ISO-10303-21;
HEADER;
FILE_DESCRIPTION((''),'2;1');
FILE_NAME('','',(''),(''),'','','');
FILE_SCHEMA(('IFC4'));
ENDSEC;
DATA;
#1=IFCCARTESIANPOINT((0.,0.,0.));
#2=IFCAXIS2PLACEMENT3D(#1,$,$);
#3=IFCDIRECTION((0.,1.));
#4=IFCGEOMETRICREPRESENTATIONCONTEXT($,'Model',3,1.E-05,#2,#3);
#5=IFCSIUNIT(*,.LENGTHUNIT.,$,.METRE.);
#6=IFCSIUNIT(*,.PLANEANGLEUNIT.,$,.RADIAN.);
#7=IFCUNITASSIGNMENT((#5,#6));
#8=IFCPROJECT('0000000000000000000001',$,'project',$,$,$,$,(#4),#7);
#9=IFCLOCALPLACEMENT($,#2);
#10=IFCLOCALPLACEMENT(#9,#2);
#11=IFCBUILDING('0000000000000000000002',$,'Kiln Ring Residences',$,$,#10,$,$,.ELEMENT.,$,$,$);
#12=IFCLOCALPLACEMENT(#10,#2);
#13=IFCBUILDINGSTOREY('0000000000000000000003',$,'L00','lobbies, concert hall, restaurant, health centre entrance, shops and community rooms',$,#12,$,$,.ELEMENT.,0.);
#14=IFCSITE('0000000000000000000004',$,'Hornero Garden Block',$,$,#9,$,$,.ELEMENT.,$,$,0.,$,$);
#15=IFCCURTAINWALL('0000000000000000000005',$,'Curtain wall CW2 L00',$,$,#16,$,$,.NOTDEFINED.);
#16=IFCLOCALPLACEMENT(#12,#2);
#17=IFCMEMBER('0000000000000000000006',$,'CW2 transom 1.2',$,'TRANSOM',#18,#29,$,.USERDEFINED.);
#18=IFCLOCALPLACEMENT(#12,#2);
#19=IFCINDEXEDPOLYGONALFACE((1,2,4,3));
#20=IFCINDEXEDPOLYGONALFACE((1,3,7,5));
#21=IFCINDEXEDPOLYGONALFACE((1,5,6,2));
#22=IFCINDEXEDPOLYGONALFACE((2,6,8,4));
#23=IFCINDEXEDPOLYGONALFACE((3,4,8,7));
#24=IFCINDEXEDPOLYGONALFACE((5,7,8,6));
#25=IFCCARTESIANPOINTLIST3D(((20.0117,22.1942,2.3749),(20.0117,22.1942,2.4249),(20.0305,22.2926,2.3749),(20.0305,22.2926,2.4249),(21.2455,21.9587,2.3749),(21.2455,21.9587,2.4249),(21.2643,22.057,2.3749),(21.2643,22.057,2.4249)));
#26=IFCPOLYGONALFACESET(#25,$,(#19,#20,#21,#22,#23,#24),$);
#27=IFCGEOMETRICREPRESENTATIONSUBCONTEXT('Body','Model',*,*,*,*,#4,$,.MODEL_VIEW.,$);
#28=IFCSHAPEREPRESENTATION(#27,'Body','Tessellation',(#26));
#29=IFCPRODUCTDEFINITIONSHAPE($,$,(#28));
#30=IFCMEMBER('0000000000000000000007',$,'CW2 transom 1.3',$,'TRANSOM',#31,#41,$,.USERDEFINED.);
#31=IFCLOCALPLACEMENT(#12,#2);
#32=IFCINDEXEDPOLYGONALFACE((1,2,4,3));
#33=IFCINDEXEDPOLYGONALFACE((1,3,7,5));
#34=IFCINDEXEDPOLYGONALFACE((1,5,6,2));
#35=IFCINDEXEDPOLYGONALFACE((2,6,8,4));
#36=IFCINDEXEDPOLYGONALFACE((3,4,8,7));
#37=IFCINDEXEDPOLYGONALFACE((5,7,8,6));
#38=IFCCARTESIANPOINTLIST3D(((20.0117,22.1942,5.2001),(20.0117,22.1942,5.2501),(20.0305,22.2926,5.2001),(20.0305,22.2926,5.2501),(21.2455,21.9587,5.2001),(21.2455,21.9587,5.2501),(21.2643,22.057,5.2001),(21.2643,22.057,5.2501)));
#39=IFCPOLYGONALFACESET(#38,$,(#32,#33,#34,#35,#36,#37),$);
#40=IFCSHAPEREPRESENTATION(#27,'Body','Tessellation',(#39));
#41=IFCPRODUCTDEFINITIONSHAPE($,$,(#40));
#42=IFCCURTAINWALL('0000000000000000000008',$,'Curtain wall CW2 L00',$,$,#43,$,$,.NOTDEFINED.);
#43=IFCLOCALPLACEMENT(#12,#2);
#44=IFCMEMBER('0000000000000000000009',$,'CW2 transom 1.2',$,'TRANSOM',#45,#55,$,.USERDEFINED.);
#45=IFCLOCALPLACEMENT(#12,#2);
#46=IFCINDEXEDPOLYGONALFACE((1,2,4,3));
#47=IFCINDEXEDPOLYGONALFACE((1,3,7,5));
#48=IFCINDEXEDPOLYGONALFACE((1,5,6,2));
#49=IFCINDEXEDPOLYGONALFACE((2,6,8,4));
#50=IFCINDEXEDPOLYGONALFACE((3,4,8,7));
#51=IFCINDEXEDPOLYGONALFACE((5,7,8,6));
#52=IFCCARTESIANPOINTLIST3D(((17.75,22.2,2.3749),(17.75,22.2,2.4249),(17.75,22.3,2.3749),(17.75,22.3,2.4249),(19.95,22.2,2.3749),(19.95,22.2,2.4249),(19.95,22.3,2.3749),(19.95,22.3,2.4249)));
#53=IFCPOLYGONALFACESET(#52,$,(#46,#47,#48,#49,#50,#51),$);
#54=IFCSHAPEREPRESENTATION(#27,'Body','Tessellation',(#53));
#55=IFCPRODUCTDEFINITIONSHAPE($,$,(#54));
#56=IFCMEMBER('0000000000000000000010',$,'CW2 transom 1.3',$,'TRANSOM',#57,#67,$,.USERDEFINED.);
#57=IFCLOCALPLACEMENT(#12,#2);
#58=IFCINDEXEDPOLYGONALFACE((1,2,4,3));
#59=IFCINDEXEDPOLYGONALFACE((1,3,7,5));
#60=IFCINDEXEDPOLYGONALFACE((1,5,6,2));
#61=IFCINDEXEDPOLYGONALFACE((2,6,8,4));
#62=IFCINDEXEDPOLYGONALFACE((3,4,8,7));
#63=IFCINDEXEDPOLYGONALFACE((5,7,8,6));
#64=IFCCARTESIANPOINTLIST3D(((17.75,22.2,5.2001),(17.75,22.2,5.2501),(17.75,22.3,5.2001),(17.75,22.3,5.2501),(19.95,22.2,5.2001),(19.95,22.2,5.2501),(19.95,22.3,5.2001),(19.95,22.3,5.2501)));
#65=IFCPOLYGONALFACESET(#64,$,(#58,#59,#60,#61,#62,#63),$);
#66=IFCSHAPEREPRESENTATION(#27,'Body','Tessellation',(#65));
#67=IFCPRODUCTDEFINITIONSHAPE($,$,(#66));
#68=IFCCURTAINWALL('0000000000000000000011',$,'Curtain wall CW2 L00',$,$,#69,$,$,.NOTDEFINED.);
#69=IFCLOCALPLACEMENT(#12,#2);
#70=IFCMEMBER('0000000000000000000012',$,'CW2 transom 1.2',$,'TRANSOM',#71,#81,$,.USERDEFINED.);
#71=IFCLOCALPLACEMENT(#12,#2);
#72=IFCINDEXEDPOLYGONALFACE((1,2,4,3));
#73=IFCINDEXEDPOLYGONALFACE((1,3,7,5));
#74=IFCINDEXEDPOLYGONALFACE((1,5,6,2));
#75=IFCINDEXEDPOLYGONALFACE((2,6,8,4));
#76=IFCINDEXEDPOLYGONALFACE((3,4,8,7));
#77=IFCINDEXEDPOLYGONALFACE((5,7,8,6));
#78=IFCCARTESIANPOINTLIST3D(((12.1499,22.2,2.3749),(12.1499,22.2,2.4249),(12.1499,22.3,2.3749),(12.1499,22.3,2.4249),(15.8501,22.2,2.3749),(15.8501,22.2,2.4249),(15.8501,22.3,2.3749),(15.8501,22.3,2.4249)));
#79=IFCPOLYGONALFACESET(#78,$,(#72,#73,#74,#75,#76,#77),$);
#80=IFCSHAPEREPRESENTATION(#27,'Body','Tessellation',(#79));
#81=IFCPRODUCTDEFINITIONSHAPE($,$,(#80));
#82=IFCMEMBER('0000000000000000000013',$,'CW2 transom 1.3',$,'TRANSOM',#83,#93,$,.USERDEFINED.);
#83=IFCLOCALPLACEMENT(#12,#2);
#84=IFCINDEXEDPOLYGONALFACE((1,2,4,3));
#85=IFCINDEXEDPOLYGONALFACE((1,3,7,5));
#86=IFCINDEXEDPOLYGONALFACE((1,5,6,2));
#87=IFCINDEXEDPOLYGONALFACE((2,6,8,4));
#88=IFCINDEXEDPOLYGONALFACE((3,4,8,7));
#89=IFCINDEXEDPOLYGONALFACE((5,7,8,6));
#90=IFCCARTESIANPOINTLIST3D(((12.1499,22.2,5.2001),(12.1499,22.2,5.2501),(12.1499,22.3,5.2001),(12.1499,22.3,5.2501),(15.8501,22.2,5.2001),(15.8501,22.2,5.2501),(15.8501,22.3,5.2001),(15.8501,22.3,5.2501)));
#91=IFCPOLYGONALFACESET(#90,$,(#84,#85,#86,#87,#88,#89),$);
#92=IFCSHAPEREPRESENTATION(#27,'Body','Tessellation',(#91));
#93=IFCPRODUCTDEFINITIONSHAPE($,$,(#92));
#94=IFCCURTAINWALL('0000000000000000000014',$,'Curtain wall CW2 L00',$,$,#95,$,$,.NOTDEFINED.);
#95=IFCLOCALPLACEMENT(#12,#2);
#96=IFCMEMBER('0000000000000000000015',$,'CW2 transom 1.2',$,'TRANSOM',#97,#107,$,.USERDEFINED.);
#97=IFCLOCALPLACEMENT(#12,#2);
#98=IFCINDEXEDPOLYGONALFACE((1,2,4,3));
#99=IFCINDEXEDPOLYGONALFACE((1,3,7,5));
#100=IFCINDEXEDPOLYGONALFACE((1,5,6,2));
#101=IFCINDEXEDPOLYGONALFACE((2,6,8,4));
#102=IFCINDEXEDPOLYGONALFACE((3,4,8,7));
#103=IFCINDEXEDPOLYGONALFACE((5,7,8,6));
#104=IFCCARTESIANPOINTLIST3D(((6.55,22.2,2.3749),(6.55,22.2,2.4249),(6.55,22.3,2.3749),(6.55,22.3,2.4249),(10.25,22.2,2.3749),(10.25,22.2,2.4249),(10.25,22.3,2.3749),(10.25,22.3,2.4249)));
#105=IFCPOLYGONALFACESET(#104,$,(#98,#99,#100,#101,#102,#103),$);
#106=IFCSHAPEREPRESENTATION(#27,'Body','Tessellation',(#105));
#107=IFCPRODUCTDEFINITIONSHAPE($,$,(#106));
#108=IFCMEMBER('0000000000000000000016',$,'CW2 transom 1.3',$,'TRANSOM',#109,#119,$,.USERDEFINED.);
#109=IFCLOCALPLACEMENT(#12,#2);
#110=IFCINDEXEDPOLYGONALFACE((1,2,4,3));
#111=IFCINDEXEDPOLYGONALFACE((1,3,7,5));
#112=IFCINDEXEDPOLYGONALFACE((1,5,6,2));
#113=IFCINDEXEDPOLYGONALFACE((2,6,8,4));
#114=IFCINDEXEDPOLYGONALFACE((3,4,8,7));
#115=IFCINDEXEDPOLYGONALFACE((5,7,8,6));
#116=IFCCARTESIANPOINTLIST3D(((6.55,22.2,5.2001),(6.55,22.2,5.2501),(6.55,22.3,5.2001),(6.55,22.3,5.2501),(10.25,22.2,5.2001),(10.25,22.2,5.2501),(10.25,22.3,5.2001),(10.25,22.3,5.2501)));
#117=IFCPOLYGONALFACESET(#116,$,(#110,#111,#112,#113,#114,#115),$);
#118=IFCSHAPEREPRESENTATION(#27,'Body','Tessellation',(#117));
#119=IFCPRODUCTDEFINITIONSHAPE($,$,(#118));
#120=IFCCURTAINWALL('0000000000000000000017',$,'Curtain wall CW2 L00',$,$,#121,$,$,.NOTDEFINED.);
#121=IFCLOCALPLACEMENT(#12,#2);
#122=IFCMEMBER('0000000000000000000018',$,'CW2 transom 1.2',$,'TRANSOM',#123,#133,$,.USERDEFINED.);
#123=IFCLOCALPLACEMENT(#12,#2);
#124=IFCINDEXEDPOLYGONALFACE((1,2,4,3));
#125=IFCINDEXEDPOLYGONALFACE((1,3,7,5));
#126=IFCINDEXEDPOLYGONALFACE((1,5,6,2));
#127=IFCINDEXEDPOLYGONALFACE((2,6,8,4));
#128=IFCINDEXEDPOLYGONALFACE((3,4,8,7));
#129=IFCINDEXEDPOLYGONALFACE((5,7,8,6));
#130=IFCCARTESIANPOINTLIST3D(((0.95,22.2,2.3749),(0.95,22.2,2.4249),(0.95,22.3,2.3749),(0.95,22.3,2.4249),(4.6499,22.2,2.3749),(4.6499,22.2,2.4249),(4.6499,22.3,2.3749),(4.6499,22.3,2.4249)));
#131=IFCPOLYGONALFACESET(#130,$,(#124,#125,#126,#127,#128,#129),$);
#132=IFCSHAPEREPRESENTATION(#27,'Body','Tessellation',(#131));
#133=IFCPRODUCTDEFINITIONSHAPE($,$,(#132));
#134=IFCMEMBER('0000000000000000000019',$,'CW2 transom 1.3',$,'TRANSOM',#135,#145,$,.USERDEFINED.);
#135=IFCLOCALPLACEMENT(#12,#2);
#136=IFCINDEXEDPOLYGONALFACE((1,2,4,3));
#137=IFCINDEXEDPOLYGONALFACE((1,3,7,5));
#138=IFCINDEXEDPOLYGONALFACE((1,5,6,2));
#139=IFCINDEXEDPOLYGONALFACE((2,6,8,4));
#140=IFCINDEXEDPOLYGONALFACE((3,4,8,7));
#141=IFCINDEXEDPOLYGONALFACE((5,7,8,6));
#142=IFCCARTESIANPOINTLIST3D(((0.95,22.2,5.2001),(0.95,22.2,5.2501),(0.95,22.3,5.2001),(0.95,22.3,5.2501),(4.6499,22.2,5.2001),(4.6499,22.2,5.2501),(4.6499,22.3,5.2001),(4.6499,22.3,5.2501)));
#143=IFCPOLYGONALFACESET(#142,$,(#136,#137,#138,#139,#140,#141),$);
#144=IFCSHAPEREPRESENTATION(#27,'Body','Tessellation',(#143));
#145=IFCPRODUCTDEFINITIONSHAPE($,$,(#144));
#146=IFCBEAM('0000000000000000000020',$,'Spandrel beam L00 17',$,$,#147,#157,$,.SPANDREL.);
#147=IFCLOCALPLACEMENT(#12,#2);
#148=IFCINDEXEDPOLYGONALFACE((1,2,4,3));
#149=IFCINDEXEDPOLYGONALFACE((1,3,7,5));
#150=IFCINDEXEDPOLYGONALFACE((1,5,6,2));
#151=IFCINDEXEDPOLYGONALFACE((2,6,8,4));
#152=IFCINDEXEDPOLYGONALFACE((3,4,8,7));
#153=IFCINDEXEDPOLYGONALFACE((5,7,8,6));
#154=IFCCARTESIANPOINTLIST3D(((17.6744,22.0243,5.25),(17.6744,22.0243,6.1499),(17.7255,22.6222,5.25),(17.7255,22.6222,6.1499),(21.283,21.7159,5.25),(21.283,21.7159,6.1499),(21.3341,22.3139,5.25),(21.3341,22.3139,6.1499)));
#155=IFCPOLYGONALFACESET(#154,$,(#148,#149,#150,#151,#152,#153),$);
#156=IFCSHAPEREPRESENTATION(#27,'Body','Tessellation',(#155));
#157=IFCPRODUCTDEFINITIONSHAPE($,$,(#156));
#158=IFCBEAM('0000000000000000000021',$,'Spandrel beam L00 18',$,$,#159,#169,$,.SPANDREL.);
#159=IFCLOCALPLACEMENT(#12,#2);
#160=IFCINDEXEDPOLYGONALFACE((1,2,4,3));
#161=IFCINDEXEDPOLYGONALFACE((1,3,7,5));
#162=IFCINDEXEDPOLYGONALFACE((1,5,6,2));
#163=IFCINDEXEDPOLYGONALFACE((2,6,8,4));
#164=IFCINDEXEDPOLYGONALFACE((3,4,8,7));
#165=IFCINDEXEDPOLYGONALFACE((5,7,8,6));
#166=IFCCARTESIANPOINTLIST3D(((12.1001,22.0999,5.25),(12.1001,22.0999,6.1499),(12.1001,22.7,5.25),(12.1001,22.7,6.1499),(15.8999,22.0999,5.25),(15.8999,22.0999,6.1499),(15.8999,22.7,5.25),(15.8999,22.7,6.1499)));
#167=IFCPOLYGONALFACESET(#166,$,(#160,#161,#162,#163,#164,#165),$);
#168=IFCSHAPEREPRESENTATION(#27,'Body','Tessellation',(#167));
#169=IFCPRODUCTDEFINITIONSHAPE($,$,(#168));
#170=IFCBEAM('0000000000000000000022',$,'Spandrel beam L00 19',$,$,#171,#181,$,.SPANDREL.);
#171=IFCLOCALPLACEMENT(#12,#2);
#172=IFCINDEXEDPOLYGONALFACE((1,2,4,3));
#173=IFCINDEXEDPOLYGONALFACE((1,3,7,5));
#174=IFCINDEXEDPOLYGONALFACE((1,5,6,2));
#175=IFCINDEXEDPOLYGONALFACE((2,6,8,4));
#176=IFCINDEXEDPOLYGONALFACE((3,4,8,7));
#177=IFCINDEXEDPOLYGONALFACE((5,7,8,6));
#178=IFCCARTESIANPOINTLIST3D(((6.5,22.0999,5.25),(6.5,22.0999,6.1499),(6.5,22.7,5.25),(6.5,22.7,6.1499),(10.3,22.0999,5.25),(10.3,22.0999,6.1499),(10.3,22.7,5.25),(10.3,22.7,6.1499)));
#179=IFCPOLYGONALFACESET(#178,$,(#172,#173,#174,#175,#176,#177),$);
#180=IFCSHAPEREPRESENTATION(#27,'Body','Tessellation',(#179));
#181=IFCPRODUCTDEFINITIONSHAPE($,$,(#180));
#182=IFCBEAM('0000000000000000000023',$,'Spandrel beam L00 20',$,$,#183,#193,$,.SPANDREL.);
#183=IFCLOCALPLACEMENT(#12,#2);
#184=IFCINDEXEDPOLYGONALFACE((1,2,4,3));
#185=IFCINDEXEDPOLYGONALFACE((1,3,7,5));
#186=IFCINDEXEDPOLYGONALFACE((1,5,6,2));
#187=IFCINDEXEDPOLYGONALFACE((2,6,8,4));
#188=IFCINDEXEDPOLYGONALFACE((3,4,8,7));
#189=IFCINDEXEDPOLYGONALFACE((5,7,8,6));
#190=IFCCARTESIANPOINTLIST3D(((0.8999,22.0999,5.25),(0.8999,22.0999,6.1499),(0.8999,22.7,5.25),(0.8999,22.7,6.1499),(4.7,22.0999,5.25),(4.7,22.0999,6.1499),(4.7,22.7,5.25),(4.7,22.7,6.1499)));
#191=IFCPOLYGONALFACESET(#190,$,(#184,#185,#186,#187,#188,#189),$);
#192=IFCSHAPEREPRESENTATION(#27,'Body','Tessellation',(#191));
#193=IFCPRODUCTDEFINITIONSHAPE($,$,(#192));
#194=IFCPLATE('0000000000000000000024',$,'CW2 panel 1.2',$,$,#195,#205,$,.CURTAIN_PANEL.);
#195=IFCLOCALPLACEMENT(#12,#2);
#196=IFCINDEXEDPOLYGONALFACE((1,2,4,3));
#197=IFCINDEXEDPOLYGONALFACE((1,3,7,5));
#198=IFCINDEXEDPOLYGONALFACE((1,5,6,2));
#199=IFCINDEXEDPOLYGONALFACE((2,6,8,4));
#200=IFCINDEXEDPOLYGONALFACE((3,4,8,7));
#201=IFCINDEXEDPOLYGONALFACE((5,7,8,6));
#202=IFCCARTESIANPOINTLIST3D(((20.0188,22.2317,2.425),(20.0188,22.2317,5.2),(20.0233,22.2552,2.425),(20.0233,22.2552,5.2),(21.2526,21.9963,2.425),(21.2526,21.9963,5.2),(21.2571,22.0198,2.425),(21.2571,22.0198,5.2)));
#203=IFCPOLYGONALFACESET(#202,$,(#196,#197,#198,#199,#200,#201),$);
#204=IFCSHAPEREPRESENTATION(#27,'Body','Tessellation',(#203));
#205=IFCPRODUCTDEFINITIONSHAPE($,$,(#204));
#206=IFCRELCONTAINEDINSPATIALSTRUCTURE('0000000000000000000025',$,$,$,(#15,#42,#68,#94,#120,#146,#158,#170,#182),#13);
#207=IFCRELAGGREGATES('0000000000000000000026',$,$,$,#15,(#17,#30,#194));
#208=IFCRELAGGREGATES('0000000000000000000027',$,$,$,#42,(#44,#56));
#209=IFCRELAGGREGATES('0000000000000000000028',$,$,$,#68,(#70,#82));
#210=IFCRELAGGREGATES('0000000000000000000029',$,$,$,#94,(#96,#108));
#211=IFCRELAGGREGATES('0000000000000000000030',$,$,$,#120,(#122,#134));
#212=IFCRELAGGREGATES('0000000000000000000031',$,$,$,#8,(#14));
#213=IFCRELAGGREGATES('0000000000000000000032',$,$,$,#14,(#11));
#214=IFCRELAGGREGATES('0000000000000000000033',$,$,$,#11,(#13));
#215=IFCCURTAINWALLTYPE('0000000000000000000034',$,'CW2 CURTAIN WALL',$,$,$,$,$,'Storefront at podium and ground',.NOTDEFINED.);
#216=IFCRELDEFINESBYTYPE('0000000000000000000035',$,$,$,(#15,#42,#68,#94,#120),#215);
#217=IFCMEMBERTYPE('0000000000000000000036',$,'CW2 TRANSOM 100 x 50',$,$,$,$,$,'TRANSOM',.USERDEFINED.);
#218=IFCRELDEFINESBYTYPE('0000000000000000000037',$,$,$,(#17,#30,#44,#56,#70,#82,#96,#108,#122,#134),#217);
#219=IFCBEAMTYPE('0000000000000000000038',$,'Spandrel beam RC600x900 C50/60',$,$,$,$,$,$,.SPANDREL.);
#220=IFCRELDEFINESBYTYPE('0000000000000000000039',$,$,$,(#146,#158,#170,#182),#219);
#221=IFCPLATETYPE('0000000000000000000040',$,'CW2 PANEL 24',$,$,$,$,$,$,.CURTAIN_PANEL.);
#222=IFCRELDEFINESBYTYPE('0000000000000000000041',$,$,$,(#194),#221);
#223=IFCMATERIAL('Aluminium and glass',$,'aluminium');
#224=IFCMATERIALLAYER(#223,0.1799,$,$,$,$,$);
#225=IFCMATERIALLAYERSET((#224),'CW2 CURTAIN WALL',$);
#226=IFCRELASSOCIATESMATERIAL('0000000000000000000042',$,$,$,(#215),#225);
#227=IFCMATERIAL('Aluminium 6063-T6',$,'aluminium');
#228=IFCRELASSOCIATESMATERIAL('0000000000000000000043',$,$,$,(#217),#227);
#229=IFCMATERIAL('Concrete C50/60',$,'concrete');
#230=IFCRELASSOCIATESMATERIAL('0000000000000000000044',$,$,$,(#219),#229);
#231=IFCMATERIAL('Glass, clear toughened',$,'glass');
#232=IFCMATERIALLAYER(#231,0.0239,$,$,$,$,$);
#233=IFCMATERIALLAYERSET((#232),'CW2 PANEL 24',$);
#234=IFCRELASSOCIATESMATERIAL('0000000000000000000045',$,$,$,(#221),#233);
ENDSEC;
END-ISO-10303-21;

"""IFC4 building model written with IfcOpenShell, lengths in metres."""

from ifc_helpers import new_model, si_unit, direction, frame, origin, origin_2d, place, context, subcontext, project, spatial, rectangle, extrude, material, layer, layer_set, material_profile, profile_set, type_object, element, aggregate, save


model = new_model("IFC4")

# Units and contexts
model_context = context("Model", 3, precision=1e-05, world=origin(), true_north=direction((0.0, 1.0)))
body_context = subcontext(model_context, "Body", "Model", "MODEL_VIEW")
ifc_project = project(units=[si_unit("LENGTHUNIT", "METRE"), si_unit("PLANEANGLEUNIT", "RADIAN")], contexts=[model_context])

# Site, building, storey
site_placement = place(None, origin())
site = spatial("IfcSite", under=ifc_project, at=site_placement, Name="Hornero Garden Block", CompositionType="ELEMENT", RefElevation=0.0)
building_placement = place(site_placement, origin())
building = spatial("IfcBuilding", under=site, at=building_placement, Name="Kiln Ring Residences", CompositionType="ELEMENT")
storey_placement = place(building_placement, origin())
storey = spatial("IfcBuildingStorey", under=building, at=storey_placement, Name="L00", Description="lobbies, concert hall, restaurant, health centre entrance, shops and community rooms", CompositionType="ELEMENT", Elevation=0.0)

# Curtain walls, members
ifc_material_1 = material(Name="Aluminium and glass", Category="aluminium")
ifc_layer_1 = layer(ifc_material_1, 0.1799)
ifc_layer_set_1 = layer_set([ifc_layer_1], Name="CW2 CURTAIN WALL")
curtain_wall_type = type_object("IfcCurtainWallType", Name="CW2 CURTAIN WALL", ElementType="Storefront at podium and ground", PredefinedType="NOTDEFINED", material=ifc_layer_set_1)
placement = place(storey_placement, origin())
curtain_wall_1 = element("IfcCurtainWall", 1, at=placement, inside=storey, type_object=curtain_wall_type, Name="Curtain wall CW2 L00", PredefinedType="NOTDEFINED")
ifc_material_2 = material(Name="Aluminium 6063-T6", Category="aluminium")
ifc_material_profile_1 = material_profile(ifc_material_2, rectangle(XDim=0.1001, YDim=0.05, at=origin_2d()), Name="AL 100x50")
ifc_profile_set_1 = profile_set([ifc_material_profile_1], Name="Aluminium 6063-T6")
member_type = type_object("IfcMemberType", Name="CW2 TRANSOM 100 x 50", ElementType="TRANSOM", PredefinedType="USERDEFINED", material=ifc_profile_set_1)
member_1_placement = place(storey_placement, frame((21.2549, 22.0078, 2.3999), z_axis=(-0.982255, 0.18755, 0.0), x_axis=(-0.18755, -0.982255, 0.0)))
member_1 = element("IfcMember", 2, at=member_1_placement, type_object=member_type, Name="CW2 transom 1.2", ObjectType="TRANSOM", PredefinedType="USERDEFINED", context=body_context, shape_type="SweptSolid", body=[
    extrude(rectangle(XDim=0.1001, YDim=0.05, at=origin_2d()), origin(), (0.0, 0.0, 1.0), 1.2561),
])
member_2_placement = place(storey_placement, frame((21.2549, 22.0078, 5.2251), z_axis=(-0.982255, 0.18755, 0.0), x_axis=(-0.18755, -0.982255, 0.0)))
member_2 = element("IfcMember", 3, at=member_2_placement, type_object=member_type, Name="CW2 transom 1.3", ObjectType="TRANSOM", PredefinedType="USERDEFINED", context=body_context, shape_type="SweptSolid", body=[
    extrude(rectangle(XDim=0.1001, YDim=0.05, at=origin_2d()), origin(), (0.0, 0.0, 1.0), 1.2561),
])
curtain_wall_2 = element("IfcCurtainWall", 4, at=placement, inside=storey, type_object=curtain_wall_type, Name="Curtain wall CW2 L00", PredefinedType="NOTDEFINED")
member_3_placement = place(storey_placement, frame((19.95, 22.25, 2.3999), z_axis=(-1.0, 0.0, 0.0), x_axis=(0.0, -1.0, 0.0)))
member_3 = element("IfcMember", 5, at=member_3_placement, type_object=member_type, Name="CW2 transom 1.2", ObjectType="TRANSOM", PredefinedType="USERDEFINED", context=body_context, shape_type="SweptSolid", body=[
    extrude(rectangle(XDim=0.1001, YDim=0.05, at=origin_2d()), origin(), (0.0, 0.0, 1.0), 2.2),
])
member_4_placement = place(storey_placement, frame((19.95, 22.25, 5.2251), z_axis=(-1.0, 0.0, 0.0), x_axis=(0.0, -1.0, 0.0)))
member_4 = element("IfcMember", 6, at=member_4_placement, type_object=member_type, Name="CW2 transom 1.3", ObjectType="TRANSOM", PredefinedType="USERDEFINED", context=body_context, shape_type="SweptSolid", body=[
    extrude(rectangle(XDim=0.1001, YDim=0.05, at=origin_2d()), origin(), (0.0, 0.0, 1.0), 2.2),
])
curtain_wall_3 = element("IfcCurtainWall", 7, at=placement, inside=storey, type_object=curtain_wall_type, Name="Curtain wall CW2 L00", PredefinedType="NOTDEFINED")
member_5_placement = place(storey_placement, frame((15.8501, 22.25, 2.3999), z_axis=(-1.0, 0.0, 0.0), x_axis=(0.0, -1.0, 0.0)))
member_5 = element("IfcMember", 8, at=member_5_placement, type_object=member_type, Name="CW2 transom 1.2", ObjectType="TRANSOM", PredefinedType="USERDEFINED", context=body_context, shape_type="SweptSolid", body=[
    extrude(rectangle(XDim=0.1001, YDim=0.05, at=origin_2d()), origin(), (0.0, 0.0, 1.0), 3.7002),
])
member_6_placement = place(storey_placement, frame((15.8501, 22.25, 5.2251), z_axis=(-1.0, 0.0, 0.0), x_axis=(0.0, -1.0, 0.0)))
member_6 = element("IfcMember", 9, at=member_6_placement, type_object=member_type, Name="CW2 transom 1.3", ObjectType="TRANSOM", PredefinedType="USERDEFINED", context=body_context, shape_type="SweptSolid", body=[
    extrude(rectangle(XDim=0.1001, YDim=0.05, at=origin_2d()), origin(), (0.0, 0.0, 1.0), 3.7002),
])
curtain_wall_4 = element("IfcCurtainWall", 10, at=placement, inside=storey, type_object=curtain_wall_type, Name="Curtain wall CW2 L00", PredefinedType="NOTDEFINED")
member_7_placement = place(storey_placement, frame((10.25, 22.25, 2.3999), z_axis=(-1.0, 0.0, 0.0), x_axis=(0.0, -1.0, 0.0)))
member_7 = element("IfcMember", 11, at=member_7_placement, type_object=member_type, Name="CW2 transom 1.2", ObjectType="TRANSOM", PredefinedType="USERDEFINED", context=body_context, shape_type="SweptSolid", body=[
    extrude(rectangle(XDim=0.1001, YDim=0.05, at=origin_2d()), origin(), (0.0, 0.0, 1.0), 3.7),
])
member_8_placement = place(storey_placement, frame((10.25, 22.25, 5.2251), z_axis=(-1.0, 0.0, 0.0), x_axis=(0.0, -1.0, 0.0)))
member_8 = element("IfcMember", 12, at=member_8_placement, type_object=member_type, Name="CW2 transom 1.3", ObjectType="TRANSOM", PredefinedType="USERDEFINED", context=body_context, shape_type="SweptSolid", body=[
    extrude(rectangle(XDim=0.1001, YDim=0.05, at=origin_2d()), origin(), (0.0, 0.0, 1.0), 3.7),
])
curtain_wall_5 = element("IfcCurtainWall", 13, at=placement, inside=storey, type_object=curtain_wall_type, Name="Curtain wall CW2 L00", PredefinedType="NOTDEFINED")
member_9_placement = place(storey_placement, frame((4.6499, 22.25, 2.3999), z_axis=(-1.0, 0.0, 0.0), x_axis=(0.0, -1.0, 0.0)))
member_9 = element("IfcMember", 14, at=member_9_placement, type_object=member_type, Name="CW2 transom 1.2", ObjectType="TRANSOM", PredefinedType="USERDEFINED", context=body_context, shape_type="SweptSolid", body=[
    extrude(rectangle(XDim=0.1001, YDim=0.05, at=origin_2d()), origin(), (0.0, 0.0, 1.0), 3.7),
])
member_10_placement = place(storey_placement, frame((4.6499, 22.25, 5.2251), z_axis=(-1.0, 0.0, 0.0), x_axis=(0.0, -1.0, 0.0)))
member_10 = element("IfcMember", 15, at=member_10_placement, type_object=member_type, Name="CW2 transom 1.3", ObjectType="TRANSOM", PredefinedType="USERDEFINED", context=body_context, shape_type="SweptSolid", body=[
    extrude(rectangle(XDim=0.1001, YDim=0.05, at=origin_2d()), origin(), (0.0, 0.0, 1.0), 3.7),
])

# Beams
ifc_material_3 = material(Name="Concrete C50/60", Category="concrete")
ifc_material_profile_2 = material_profile(ifc_material_3, rectangle(XDim=0.6001, YDim=0.8999, at=origin_2d()), Name="RC600x900")
ifc_profile_set_2 = profile_set([ifc_material_profile_2], Name="Concrete C50/60")
beam_type = type_object("IfcBeamType", Name="Spandrel beam RC600x900 C50/60", PredefinedType="SPANDREL", material=ifc_profile_set_2)
beam_1_placement = place(storey_placement, frame((21.3086, 22.0149, 5.7), z_axis=(-0.996369, 0.085137, 0.0), x_axis=(-0.085137, -0.996369, 0.0)))
element("IfcBeam", 16, at=beam_1_placement, inside=storey, type_object=beam_type, Name="Spandrel beam L00 17", PredefinedType="SPANDREL", context=body_context, shape_type="SweptSolid", body=[
    extrude(rectangle(XDim=0.6001, YDim=0.8999, at=origin_2d()), origin(), (0.0, 0.0, 1.0), 3.6218),
])
beam_2_placement = place(storey_placement, frame((15.8999, 22.3999, 5.7), z_axis=(-1.0, 0.0, 0.0), x_axis=(0.0, -1.0, 0.0)))
element("IfcBeam", 17, at=beam_2_placement, inside=storey, type_object=beam_type, Name="Spandrel beam L00 18", PredefinedType="SPANDREL", context=body_context, shape_type="SweptSolid", body=[
    extrude(rectangle(XDim=0.6001, YDim=0.8999, at=origin_2d()), origin(), (0.0, 0.0, 1.0), 3.7998),
])
for number, where, z_axis, x_axis, name in (
    (18, (10.3, 22.3999, 5.7), (-1.0, 0.0, 0.0), (0.0, -1.0, 0.0), "Spandrel beam L00 19"),
    (19, (4.7, 22.3999, 5.7), (-1.0, 0.0, 0.0), (0.0, -1.0, 0.0), "Spandrel beam L00 20"),
):
    element("IfcBeam", number, at=place(storey_placement, frame(where, z_axis=z_axis, x_axis=x_axis)), inside=storey, type_object=beam_type, Name=name, PredefinedType="SPANDREL", context=body_context, shape_type="SweptSolid", body=[
        extrude(rectangle(XDim=0.6001, YDim=0.8999, at=origin_2d()), origin(), (0.0, 0.0, 1.0), 3.8),
    ])

# Plate
ifc_material_4 = material(Name="Glass, clear toughened", Category="glass")
ifc_layer_2 = layer(ifc_material_4, 0.0239)
ifc_layer_set_2 = layer_set([ifc_layer_2], Name="CW2 PANEL 24")
plate_type = type_object("IfcPlateType", Name="CW2 PANEL 24", PredefinedType="CURTAIN_PANEL", material=ifc_layer_set_2)
plate_1_placement = place(storey_placement, frame((20.6379, 22.1257, 2.425), z_axis=(0.0, 0.0, 1.0), x_axis=(-0.98229, 0.187366, 0.0)))
plate_1 = element("IfcPlate", 20, at=plate_1_placement, type_object=plate_type, Name="CW2 panel 1.2", PredefinedType="CURTAIN_PANEL", context=body_context, shape_type="SweptSolid", body=[
    extrude(rectangle(XDim=1.2561, YDim=0.0239, at=origin_2d()), origin(), (0.0, 0.0, 1.0), 2.7749),
])
aggregate(curtain_wall_1, [member_1, member_2, plate_1])
aggregate(curtain_wall_2, [member_3, member_4])
aggregate(curtain_wall_3, [member_5, member_6])
aggregate(curtain_wall_4, [member_7, member_8])
aggregate(curtain_wall_5, [member_9, member_10])

save(model, "model.ifc")
